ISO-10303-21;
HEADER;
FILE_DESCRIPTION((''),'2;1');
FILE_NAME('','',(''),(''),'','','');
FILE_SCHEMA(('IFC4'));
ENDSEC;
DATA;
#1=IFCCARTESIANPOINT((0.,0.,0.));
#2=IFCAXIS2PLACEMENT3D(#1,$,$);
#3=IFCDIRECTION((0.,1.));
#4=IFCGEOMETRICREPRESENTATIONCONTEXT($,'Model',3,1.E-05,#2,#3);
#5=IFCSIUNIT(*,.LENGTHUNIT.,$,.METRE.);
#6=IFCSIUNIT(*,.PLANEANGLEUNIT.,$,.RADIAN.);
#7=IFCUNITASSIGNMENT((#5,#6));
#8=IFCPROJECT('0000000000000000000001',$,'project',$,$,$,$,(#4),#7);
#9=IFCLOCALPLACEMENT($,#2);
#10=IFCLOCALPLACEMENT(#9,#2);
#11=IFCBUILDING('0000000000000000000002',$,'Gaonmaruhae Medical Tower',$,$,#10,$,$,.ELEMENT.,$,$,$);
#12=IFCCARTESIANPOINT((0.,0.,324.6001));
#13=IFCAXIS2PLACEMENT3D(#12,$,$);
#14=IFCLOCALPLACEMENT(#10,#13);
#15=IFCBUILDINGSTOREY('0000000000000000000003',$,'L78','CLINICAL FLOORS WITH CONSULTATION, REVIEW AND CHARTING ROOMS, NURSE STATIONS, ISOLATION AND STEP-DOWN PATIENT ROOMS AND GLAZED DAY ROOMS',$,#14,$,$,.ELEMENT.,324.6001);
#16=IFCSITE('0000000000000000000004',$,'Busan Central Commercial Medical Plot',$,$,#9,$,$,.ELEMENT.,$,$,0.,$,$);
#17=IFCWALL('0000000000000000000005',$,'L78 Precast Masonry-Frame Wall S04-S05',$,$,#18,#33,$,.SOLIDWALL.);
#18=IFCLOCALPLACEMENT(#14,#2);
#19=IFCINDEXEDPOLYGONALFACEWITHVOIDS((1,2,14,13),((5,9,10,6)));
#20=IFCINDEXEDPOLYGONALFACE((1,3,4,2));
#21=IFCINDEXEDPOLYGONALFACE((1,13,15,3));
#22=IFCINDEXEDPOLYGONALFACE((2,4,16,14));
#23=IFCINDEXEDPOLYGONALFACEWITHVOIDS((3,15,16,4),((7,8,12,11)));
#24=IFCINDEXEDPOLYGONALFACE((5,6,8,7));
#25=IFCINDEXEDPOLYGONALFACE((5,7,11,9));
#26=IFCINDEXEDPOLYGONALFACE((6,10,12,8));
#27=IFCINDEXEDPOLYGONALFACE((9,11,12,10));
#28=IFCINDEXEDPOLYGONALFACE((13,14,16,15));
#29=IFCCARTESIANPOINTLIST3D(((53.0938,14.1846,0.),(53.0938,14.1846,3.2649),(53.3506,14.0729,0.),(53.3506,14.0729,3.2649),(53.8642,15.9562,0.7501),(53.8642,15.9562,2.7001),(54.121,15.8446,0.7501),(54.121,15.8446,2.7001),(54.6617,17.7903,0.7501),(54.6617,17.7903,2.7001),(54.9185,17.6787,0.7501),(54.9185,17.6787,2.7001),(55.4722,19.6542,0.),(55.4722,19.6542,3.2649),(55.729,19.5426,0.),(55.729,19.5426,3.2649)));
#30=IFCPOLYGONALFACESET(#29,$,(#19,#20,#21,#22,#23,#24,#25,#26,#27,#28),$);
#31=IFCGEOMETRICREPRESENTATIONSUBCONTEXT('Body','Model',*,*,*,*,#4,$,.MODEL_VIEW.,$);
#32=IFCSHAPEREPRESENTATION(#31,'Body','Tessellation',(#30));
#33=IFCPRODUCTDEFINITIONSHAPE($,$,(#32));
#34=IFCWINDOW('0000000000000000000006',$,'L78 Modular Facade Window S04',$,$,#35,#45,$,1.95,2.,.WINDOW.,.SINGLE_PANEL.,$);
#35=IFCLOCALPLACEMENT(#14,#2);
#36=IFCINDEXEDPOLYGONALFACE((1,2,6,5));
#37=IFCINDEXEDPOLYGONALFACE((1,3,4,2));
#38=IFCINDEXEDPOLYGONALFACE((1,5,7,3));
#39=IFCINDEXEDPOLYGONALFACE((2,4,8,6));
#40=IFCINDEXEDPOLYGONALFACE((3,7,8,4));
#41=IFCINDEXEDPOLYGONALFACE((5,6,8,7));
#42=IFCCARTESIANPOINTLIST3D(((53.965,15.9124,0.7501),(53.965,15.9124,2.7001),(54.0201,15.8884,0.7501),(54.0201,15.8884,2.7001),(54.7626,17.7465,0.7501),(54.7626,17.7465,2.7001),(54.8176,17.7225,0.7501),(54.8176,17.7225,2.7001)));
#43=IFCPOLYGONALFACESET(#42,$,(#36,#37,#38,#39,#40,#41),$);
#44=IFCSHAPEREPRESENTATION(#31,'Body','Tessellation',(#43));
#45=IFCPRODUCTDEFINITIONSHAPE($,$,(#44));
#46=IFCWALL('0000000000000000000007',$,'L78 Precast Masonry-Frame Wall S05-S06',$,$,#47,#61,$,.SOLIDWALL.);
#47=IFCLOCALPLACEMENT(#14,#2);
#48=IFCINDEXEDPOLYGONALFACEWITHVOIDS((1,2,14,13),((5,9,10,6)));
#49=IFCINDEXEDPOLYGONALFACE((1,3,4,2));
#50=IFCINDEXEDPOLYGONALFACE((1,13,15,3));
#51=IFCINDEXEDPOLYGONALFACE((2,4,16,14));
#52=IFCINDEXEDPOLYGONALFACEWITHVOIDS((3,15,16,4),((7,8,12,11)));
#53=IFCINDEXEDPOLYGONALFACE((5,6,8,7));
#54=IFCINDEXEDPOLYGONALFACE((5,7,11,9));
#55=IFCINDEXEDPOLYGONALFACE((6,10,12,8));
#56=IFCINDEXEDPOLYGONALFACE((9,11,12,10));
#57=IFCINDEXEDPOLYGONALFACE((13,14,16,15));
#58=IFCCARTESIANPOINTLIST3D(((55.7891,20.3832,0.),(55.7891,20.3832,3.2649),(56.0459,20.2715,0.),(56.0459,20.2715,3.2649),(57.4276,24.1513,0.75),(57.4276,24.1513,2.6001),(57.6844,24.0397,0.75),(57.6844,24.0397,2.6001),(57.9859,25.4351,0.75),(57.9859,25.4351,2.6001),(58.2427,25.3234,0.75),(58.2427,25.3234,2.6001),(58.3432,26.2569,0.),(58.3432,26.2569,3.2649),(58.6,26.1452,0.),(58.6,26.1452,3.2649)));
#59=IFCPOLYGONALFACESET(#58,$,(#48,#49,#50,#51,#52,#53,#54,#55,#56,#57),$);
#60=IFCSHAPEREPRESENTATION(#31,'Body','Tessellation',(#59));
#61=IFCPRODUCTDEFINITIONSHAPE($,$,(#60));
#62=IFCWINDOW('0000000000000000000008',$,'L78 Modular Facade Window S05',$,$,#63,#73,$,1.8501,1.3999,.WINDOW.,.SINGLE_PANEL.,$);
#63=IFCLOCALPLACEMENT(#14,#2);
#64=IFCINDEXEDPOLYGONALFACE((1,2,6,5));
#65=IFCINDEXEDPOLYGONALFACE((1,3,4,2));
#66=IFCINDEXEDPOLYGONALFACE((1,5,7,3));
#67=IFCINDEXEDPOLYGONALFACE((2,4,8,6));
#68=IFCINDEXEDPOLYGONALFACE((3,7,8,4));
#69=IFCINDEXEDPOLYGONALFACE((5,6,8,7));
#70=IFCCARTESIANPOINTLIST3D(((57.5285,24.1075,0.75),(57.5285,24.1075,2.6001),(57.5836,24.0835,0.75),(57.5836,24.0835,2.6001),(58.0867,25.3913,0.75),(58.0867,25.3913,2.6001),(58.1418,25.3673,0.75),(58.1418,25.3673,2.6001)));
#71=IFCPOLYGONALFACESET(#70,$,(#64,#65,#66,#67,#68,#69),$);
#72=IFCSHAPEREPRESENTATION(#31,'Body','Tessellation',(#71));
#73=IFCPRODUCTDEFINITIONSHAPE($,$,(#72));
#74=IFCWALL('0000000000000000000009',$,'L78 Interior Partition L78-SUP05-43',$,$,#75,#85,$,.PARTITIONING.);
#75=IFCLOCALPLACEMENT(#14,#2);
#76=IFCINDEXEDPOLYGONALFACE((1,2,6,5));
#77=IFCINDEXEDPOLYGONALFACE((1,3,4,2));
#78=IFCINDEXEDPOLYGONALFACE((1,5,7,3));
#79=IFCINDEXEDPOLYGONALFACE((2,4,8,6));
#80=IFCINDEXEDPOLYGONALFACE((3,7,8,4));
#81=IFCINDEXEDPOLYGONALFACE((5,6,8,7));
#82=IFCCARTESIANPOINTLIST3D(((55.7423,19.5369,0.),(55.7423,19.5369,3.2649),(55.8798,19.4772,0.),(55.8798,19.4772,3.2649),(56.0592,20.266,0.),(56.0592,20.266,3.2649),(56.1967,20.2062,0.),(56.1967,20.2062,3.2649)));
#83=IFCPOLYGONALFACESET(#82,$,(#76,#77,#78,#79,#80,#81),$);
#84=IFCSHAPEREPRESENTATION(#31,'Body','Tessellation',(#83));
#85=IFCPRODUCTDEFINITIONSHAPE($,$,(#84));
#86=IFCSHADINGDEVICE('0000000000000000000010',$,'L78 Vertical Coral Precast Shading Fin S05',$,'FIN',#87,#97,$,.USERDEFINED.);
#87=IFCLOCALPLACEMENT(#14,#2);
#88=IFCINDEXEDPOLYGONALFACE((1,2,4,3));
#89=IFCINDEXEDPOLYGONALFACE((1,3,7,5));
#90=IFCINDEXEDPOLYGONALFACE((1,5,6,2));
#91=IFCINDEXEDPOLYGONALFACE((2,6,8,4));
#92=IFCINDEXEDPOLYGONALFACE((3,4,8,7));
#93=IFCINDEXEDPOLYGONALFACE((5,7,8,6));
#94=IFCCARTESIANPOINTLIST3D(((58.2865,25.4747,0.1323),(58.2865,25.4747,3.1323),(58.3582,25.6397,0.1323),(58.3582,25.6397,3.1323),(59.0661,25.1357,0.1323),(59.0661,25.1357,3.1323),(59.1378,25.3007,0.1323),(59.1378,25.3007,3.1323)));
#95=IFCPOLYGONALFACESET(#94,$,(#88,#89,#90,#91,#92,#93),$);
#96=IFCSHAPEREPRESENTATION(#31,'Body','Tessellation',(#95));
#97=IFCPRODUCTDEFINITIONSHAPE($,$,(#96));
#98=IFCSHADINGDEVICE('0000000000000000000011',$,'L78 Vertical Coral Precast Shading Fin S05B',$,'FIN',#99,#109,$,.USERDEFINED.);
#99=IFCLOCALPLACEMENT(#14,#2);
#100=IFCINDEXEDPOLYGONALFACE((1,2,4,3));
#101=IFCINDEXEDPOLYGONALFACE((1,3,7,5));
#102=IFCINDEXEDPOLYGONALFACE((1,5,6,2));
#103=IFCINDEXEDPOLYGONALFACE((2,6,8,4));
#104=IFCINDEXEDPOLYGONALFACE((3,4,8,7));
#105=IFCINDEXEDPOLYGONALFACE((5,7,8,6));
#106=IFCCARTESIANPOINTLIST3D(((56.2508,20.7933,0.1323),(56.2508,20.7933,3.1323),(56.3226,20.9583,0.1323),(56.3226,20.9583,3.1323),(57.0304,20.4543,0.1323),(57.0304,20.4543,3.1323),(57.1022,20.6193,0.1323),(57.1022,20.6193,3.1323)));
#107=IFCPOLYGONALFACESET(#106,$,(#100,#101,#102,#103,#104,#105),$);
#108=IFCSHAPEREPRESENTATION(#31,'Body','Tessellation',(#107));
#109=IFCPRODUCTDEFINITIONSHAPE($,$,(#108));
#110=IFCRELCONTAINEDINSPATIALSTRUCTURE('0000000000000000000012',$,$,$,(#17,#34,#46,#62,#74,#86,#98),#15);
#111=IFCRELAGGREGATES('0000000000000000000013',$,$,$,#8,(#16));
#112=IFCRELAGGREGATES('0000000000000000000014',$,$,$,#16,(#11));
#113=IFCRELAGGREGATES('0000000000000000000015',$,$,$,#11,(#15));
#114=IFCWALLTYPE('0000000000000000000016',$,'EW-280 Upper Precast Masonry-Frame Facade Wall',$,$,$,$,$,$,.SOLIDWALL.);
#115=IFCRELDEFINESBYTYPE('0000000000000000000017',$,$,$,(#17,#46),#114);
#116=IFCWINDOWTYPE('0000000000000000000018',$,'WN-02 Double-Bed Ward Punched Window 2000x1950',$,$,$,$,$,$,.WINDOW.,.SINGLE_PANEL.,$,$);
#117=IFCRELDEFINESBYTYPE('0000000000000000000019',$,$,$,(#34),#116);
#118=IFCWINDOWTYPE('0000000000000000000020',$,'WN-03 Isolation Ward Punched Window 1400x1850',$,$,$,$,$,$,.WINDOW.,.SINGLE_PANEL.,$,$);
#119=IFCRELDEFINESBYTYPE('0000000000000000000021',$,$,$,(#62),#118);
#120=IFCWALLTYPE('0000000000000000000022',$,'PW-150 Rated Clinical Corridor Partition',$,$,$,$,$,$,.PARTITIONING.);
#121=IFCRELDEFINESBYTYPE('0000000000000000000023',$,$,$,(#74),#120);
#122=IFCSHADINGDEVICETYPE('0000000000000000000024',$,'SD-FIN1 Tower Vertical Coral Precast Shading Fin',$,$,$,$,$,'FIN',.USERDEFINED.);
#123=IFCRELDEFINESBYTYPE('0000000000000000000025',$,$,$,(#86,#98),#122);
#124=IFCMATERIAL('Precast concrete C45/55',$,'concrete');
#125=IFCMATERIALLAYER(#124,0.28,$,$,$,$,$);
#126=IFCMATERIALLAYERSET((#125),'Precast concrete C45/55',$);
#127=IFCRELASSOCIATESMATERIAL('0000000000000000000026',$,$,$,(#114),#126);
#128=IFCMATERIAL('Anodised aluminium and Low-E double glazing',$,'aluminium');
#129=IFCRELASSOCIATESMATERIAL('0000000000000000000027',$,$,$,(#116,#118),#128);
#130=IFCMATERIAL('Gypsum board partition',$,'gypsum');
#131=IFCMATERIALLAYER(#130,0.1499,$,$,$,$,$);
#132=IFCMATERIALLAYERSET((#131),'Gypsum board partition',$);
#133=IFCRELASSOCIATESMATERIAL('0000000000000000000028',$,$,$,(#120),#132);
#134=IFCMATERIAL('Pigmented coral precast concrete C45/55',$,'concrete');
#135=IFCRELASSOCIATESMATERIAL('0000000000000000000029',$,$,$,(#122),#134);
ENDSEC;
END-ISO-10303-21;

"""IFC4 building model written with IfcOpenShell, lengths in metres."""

from ifc_helpers import new_model, si_unit, direction, frame, frame_2d, origin, origin_2d, place, context, subcontext, project, spatial, rectangle, extrude, material, layer, layer_set, type_object, element, fill, save


model = new_model("IFC4")

# Units and contexts
model_context = context("Model", 3, precision=1e-05, world=origin(), true_north=direction((0.0, 1.0)))
body_context = subcontext(model_context, "Body", "Model", "MODEL_VIEW")
ifc_project = project(units=[si_unit("LENGTHUNIT", "METRE"), si_unit("PLANEANGLEUNIT", "RADIAN")], contexts=[model_context])

# Site, building, storey
site_placement = place(None, origin())
site = spatial("IfcSite", under=ifc_project, at=site_placement, Name="Busan Central Commercial Medical Plot", CompositionType="ELEMENT", RefElevation=0.0)
building_placement = place(site_placement, origin())
building = spatial("IfcBuilding", under=site, at=building_placement, Name="Gaonmaruhae Medical Tower", CompositionType="ELEMENT")
storey_placement = place(building_placement, frame((0.0, 0.0, 324.6001)))
storey = spatial("IfcBuildingStorey", under=building, at=storey_placement, Name="L78", Description="CLINICAL FLOORS WITH CONSULTATION, REVIEW AND CHARTING ROOMS, NURSE STATIONS, ISOLATION AND STEP-DOWN PATIENT ROOMS AND GLAZED DAY ROOMS", CompositionType="ELEMENT", Elevation=324.6001)

# Shared definitions
ifc_material_1 = material(Name="Precast concrete C45/55", Category="concrete")

# Walls, openings, windows
ifc_layer_1 = layer(ifc_material_1, 0.28)
ifc_layer_set_1 = layer_set([ifc_layer_1], Name="Precast concrete C45/55")
wall_type_1 = type_object("IfcWallType", Name="EW-280 Upper Precast Masonry-Frame Facade Wall", PredefinedType="SOLIDWALL", material=ifc_layer_set_1)
wall_1_placement = place(storey_placement, frame((55.6006, 19.5984, 0.0), z_axis=(0.0, 0.0, 1.0), x_axis=(-0.398765, -0.917053, 0.0)))
wall_1 = element("IfcWall", 1, at=wall_1_placement, inside=storey, type_object=wall_type_1, Name="L78 Precast Masonry-Frame Wall S04-S05", PredefinedType="SOLIDWALL", context=body_context, shape_type="SweptSolid", body=[
    extrude(rectangle(XDim=5.9644, YDim=0.28, at=frame_2d((2.9822, 0.0))), origin(), (0.0, 0.0, 1.0), 3.2649),
])
opening_1_placement = place(wall_1_placement, frame((2.0325, 0.0, 0.75)))
opening_1 = element("IfcOpeningElement", 2, at=opening_1_placement, cuts=wall_1, PredefinedType="OPENING", context=body_context, shape_type="SweptSolid", body=[
    extrude(rectangle(XDim=2.0, YDim=1.95, at=frame_2d((1.0, 0.9751))), frame((0.0, 0.1499, 0.0), z_axis=(0.0, -1.0, 0.0), x_axis=(1.0, 0.0, 0.0)), (0.0, 0.0, 1.0), 0.3),
])
ifc_material_2 = material(Name="Anodised aluminium and Low-E double glazing", Category="aluminium")
window_type_1 = type_object("IfcWindowType", Name="WN-02 Double-Bed Ward Punched Window 2000x1950", PartitioningType="SINGLE_PANEL", PredefinedType="WINDOW", material=ifc_material_2)
window_1_placement = place(opening_1_placement, origin())
window_1 = element("IfcWindow", 3, at=window_1_placement, inside=storey, type_object=window_type_1, Name="L78 Modular Facade Window S04", OverallHeight=1.95, OverallWidth=2.0, PartitioningType="SINGLE_PANEL", PredefinedType="WINDOW", context=body_context, shape_type="SweptSolid", body=[
    extrude(rectangle(XDim=2.0, YDim=1.95, at=frame_2d((1.0, 0.9751))), frame((0.0, 0.03, 0.0), z_axis=(0.0, -1.0, 0.0), x_axis=(1.0, 0.0, 0.0)), (0.0, 0.0, 1.0), 0.0601),
])
fill(opening_1, window_1)
wall_2_placement = place(storey_placement, frame((58.4717, 26.2012, 0.0), z_axis=(0.0, 0.0, 1.0), x_axis=(-0.398776, -0.917048, 0.0)))
wall_2 = element("IfcWall", 4, at=wall_2_placement, inside=storey, type_object=wall_type_1, Name="L78 Precast Masonry-Frame Wall S05-S06", PredefinedType="SOLIDWALL", context=body_context, shape_type="SweptSolid", body=[
    extrude(rectangle(XDim=6.405, YDim=0.28, at=frame_2d((3.2026, 0.0))), origin(), (0.0, 0.0, 1.0), 3.2649),
])
opening_2_placement = place(wall_2_placement, frame((0.8962, 0.0, 0.75)))
opening_2 = element("IfcOpeningElement", 5, at=opening_2_placement, cuts=wall_2, PredefinedType="OPENING", context=body_context, shape_type="SweptSolid", body=[
    extrude(rectangle(XDim=1.3999, YDim=1.8501, at=frame_2d((0.7, 0.925))), frame((0.0, 0.1499, 0.0), z_axis=(0.0, -1.0, 0.0), x_axis=(1.0, 0.0, 0.0)), (0.0, 0.0, 1.0), 0.3),
])
window_type_2 = type_object("IfcWindowType", Name="WN-03 Isolation Ward Punched Window 1400x1850", PartitioningType="SINGLE_PANEL", PredefinedType="WINDOW", material=ifc_material_2)
window_2_placement = place(opening_2_placement, origin())
window_2 = element("IfcWindow", 6, at=window_2_placement, inside=storey, type_object=window_type_2, Name="L78 Modular Facade Window S05", OverallHeight=1.8501, OverallWidth=1.3999, PartitioningType="SINGLE_PANEL", PredefinedType="WINDOW", context=body_context, shape_type="SweptSolid", body=[
    extrude(rectangle(XDim=1.3999, YDim=1.8501, at=frame_2d((0.7, 0.925))), frame((0.0, 0.03, 0.0), z_axis=(0.0, -1.0, 0.0), x_axis=(1.0, 0.0, 0.0)), (0.0, 0.0, 1.0), 0.0601),
])
fill(opening_2, window_2)

# Wall
ifc_material_3 = material(Name="Gypsum board partition", Category="gypsum")
ifc_layer_2 = layer(ifc_material_3, 0.1499)
ifc_layer_set_2 = layer_set([ifc_layer_2], Name="Gypsum board partition")
wall_type_2 = type_object("IfcWallType", Name="PW-150 Rated Clinical Corridor Partition", PredefinedType="PARTITIONING", material=ifc_layer_set_2)
wall_3_placement = place(storey_placement, frame((56.1279, 20.2361, 0.0), z_axis=(0.0, 0.0, 1.0), x_axis=(-0.398659, -0.917099, 0.0)))
element("IfcWall", 7, at=wall_3_placement, inside=storey, type_object=wall_type_2, Name="L78 Interior Partition L78-SUP05-43", PredefinedType="PARTITIONING", context=body_context, shape_type="SweptSolid", body=[
    extrude(rectangle(XDim=0.7949, YDim=0.1499, at=frame_2d((0.3975, 0.0))), origin(), (0.0, 0.0, 1.0), 3.2649),
])

# Shading devices
ifc_material_4 = material(Name="Pigmented coral precast concrete C45/55", Category="concrete")
shading_device_type = type_object("IfcShadingDeviceType", Name="SD-FIN1 Tower Vertical Coral Precast Shading Fin", ElementType="FIN", PredefinedType="USERDEFINED", material=ifc_material_4)
for number, where, z_axis, x_axis, name in (
    (8, (58.7122, 25.3877, 0.1323), (0.0, 0.0, 1.0), (-0.398749, -0.91706, 0.0), "L78 Vertical Coral Precast Shading Fin S05"),
    (9, (56.6765, 20.7063, 0.1323), (0.0, 0.0, 1.0), (-0.398749, -0.91706, 0.0), "L78 Vertical Coral Precast Shading Fin S05B"),
):
    element("IfcShadingDevice", number, at=place(storey_placement, frame(where, z_axis=z_axis, x_axis=x_axis)), inside=storey, type_object=shading_device_type, Name=name, ObjectType="FIN", PredefinedType="USERDEFINED", context=body_context, shape_type="SweptSolid", body=[
        extrude(rectangle(XDim=0.1799, YDim=0.8501, at=origin_2d()), origin(), (0.0, 0.0, 1.0), 3.0),
    ])

save(model, "model.ifc")
